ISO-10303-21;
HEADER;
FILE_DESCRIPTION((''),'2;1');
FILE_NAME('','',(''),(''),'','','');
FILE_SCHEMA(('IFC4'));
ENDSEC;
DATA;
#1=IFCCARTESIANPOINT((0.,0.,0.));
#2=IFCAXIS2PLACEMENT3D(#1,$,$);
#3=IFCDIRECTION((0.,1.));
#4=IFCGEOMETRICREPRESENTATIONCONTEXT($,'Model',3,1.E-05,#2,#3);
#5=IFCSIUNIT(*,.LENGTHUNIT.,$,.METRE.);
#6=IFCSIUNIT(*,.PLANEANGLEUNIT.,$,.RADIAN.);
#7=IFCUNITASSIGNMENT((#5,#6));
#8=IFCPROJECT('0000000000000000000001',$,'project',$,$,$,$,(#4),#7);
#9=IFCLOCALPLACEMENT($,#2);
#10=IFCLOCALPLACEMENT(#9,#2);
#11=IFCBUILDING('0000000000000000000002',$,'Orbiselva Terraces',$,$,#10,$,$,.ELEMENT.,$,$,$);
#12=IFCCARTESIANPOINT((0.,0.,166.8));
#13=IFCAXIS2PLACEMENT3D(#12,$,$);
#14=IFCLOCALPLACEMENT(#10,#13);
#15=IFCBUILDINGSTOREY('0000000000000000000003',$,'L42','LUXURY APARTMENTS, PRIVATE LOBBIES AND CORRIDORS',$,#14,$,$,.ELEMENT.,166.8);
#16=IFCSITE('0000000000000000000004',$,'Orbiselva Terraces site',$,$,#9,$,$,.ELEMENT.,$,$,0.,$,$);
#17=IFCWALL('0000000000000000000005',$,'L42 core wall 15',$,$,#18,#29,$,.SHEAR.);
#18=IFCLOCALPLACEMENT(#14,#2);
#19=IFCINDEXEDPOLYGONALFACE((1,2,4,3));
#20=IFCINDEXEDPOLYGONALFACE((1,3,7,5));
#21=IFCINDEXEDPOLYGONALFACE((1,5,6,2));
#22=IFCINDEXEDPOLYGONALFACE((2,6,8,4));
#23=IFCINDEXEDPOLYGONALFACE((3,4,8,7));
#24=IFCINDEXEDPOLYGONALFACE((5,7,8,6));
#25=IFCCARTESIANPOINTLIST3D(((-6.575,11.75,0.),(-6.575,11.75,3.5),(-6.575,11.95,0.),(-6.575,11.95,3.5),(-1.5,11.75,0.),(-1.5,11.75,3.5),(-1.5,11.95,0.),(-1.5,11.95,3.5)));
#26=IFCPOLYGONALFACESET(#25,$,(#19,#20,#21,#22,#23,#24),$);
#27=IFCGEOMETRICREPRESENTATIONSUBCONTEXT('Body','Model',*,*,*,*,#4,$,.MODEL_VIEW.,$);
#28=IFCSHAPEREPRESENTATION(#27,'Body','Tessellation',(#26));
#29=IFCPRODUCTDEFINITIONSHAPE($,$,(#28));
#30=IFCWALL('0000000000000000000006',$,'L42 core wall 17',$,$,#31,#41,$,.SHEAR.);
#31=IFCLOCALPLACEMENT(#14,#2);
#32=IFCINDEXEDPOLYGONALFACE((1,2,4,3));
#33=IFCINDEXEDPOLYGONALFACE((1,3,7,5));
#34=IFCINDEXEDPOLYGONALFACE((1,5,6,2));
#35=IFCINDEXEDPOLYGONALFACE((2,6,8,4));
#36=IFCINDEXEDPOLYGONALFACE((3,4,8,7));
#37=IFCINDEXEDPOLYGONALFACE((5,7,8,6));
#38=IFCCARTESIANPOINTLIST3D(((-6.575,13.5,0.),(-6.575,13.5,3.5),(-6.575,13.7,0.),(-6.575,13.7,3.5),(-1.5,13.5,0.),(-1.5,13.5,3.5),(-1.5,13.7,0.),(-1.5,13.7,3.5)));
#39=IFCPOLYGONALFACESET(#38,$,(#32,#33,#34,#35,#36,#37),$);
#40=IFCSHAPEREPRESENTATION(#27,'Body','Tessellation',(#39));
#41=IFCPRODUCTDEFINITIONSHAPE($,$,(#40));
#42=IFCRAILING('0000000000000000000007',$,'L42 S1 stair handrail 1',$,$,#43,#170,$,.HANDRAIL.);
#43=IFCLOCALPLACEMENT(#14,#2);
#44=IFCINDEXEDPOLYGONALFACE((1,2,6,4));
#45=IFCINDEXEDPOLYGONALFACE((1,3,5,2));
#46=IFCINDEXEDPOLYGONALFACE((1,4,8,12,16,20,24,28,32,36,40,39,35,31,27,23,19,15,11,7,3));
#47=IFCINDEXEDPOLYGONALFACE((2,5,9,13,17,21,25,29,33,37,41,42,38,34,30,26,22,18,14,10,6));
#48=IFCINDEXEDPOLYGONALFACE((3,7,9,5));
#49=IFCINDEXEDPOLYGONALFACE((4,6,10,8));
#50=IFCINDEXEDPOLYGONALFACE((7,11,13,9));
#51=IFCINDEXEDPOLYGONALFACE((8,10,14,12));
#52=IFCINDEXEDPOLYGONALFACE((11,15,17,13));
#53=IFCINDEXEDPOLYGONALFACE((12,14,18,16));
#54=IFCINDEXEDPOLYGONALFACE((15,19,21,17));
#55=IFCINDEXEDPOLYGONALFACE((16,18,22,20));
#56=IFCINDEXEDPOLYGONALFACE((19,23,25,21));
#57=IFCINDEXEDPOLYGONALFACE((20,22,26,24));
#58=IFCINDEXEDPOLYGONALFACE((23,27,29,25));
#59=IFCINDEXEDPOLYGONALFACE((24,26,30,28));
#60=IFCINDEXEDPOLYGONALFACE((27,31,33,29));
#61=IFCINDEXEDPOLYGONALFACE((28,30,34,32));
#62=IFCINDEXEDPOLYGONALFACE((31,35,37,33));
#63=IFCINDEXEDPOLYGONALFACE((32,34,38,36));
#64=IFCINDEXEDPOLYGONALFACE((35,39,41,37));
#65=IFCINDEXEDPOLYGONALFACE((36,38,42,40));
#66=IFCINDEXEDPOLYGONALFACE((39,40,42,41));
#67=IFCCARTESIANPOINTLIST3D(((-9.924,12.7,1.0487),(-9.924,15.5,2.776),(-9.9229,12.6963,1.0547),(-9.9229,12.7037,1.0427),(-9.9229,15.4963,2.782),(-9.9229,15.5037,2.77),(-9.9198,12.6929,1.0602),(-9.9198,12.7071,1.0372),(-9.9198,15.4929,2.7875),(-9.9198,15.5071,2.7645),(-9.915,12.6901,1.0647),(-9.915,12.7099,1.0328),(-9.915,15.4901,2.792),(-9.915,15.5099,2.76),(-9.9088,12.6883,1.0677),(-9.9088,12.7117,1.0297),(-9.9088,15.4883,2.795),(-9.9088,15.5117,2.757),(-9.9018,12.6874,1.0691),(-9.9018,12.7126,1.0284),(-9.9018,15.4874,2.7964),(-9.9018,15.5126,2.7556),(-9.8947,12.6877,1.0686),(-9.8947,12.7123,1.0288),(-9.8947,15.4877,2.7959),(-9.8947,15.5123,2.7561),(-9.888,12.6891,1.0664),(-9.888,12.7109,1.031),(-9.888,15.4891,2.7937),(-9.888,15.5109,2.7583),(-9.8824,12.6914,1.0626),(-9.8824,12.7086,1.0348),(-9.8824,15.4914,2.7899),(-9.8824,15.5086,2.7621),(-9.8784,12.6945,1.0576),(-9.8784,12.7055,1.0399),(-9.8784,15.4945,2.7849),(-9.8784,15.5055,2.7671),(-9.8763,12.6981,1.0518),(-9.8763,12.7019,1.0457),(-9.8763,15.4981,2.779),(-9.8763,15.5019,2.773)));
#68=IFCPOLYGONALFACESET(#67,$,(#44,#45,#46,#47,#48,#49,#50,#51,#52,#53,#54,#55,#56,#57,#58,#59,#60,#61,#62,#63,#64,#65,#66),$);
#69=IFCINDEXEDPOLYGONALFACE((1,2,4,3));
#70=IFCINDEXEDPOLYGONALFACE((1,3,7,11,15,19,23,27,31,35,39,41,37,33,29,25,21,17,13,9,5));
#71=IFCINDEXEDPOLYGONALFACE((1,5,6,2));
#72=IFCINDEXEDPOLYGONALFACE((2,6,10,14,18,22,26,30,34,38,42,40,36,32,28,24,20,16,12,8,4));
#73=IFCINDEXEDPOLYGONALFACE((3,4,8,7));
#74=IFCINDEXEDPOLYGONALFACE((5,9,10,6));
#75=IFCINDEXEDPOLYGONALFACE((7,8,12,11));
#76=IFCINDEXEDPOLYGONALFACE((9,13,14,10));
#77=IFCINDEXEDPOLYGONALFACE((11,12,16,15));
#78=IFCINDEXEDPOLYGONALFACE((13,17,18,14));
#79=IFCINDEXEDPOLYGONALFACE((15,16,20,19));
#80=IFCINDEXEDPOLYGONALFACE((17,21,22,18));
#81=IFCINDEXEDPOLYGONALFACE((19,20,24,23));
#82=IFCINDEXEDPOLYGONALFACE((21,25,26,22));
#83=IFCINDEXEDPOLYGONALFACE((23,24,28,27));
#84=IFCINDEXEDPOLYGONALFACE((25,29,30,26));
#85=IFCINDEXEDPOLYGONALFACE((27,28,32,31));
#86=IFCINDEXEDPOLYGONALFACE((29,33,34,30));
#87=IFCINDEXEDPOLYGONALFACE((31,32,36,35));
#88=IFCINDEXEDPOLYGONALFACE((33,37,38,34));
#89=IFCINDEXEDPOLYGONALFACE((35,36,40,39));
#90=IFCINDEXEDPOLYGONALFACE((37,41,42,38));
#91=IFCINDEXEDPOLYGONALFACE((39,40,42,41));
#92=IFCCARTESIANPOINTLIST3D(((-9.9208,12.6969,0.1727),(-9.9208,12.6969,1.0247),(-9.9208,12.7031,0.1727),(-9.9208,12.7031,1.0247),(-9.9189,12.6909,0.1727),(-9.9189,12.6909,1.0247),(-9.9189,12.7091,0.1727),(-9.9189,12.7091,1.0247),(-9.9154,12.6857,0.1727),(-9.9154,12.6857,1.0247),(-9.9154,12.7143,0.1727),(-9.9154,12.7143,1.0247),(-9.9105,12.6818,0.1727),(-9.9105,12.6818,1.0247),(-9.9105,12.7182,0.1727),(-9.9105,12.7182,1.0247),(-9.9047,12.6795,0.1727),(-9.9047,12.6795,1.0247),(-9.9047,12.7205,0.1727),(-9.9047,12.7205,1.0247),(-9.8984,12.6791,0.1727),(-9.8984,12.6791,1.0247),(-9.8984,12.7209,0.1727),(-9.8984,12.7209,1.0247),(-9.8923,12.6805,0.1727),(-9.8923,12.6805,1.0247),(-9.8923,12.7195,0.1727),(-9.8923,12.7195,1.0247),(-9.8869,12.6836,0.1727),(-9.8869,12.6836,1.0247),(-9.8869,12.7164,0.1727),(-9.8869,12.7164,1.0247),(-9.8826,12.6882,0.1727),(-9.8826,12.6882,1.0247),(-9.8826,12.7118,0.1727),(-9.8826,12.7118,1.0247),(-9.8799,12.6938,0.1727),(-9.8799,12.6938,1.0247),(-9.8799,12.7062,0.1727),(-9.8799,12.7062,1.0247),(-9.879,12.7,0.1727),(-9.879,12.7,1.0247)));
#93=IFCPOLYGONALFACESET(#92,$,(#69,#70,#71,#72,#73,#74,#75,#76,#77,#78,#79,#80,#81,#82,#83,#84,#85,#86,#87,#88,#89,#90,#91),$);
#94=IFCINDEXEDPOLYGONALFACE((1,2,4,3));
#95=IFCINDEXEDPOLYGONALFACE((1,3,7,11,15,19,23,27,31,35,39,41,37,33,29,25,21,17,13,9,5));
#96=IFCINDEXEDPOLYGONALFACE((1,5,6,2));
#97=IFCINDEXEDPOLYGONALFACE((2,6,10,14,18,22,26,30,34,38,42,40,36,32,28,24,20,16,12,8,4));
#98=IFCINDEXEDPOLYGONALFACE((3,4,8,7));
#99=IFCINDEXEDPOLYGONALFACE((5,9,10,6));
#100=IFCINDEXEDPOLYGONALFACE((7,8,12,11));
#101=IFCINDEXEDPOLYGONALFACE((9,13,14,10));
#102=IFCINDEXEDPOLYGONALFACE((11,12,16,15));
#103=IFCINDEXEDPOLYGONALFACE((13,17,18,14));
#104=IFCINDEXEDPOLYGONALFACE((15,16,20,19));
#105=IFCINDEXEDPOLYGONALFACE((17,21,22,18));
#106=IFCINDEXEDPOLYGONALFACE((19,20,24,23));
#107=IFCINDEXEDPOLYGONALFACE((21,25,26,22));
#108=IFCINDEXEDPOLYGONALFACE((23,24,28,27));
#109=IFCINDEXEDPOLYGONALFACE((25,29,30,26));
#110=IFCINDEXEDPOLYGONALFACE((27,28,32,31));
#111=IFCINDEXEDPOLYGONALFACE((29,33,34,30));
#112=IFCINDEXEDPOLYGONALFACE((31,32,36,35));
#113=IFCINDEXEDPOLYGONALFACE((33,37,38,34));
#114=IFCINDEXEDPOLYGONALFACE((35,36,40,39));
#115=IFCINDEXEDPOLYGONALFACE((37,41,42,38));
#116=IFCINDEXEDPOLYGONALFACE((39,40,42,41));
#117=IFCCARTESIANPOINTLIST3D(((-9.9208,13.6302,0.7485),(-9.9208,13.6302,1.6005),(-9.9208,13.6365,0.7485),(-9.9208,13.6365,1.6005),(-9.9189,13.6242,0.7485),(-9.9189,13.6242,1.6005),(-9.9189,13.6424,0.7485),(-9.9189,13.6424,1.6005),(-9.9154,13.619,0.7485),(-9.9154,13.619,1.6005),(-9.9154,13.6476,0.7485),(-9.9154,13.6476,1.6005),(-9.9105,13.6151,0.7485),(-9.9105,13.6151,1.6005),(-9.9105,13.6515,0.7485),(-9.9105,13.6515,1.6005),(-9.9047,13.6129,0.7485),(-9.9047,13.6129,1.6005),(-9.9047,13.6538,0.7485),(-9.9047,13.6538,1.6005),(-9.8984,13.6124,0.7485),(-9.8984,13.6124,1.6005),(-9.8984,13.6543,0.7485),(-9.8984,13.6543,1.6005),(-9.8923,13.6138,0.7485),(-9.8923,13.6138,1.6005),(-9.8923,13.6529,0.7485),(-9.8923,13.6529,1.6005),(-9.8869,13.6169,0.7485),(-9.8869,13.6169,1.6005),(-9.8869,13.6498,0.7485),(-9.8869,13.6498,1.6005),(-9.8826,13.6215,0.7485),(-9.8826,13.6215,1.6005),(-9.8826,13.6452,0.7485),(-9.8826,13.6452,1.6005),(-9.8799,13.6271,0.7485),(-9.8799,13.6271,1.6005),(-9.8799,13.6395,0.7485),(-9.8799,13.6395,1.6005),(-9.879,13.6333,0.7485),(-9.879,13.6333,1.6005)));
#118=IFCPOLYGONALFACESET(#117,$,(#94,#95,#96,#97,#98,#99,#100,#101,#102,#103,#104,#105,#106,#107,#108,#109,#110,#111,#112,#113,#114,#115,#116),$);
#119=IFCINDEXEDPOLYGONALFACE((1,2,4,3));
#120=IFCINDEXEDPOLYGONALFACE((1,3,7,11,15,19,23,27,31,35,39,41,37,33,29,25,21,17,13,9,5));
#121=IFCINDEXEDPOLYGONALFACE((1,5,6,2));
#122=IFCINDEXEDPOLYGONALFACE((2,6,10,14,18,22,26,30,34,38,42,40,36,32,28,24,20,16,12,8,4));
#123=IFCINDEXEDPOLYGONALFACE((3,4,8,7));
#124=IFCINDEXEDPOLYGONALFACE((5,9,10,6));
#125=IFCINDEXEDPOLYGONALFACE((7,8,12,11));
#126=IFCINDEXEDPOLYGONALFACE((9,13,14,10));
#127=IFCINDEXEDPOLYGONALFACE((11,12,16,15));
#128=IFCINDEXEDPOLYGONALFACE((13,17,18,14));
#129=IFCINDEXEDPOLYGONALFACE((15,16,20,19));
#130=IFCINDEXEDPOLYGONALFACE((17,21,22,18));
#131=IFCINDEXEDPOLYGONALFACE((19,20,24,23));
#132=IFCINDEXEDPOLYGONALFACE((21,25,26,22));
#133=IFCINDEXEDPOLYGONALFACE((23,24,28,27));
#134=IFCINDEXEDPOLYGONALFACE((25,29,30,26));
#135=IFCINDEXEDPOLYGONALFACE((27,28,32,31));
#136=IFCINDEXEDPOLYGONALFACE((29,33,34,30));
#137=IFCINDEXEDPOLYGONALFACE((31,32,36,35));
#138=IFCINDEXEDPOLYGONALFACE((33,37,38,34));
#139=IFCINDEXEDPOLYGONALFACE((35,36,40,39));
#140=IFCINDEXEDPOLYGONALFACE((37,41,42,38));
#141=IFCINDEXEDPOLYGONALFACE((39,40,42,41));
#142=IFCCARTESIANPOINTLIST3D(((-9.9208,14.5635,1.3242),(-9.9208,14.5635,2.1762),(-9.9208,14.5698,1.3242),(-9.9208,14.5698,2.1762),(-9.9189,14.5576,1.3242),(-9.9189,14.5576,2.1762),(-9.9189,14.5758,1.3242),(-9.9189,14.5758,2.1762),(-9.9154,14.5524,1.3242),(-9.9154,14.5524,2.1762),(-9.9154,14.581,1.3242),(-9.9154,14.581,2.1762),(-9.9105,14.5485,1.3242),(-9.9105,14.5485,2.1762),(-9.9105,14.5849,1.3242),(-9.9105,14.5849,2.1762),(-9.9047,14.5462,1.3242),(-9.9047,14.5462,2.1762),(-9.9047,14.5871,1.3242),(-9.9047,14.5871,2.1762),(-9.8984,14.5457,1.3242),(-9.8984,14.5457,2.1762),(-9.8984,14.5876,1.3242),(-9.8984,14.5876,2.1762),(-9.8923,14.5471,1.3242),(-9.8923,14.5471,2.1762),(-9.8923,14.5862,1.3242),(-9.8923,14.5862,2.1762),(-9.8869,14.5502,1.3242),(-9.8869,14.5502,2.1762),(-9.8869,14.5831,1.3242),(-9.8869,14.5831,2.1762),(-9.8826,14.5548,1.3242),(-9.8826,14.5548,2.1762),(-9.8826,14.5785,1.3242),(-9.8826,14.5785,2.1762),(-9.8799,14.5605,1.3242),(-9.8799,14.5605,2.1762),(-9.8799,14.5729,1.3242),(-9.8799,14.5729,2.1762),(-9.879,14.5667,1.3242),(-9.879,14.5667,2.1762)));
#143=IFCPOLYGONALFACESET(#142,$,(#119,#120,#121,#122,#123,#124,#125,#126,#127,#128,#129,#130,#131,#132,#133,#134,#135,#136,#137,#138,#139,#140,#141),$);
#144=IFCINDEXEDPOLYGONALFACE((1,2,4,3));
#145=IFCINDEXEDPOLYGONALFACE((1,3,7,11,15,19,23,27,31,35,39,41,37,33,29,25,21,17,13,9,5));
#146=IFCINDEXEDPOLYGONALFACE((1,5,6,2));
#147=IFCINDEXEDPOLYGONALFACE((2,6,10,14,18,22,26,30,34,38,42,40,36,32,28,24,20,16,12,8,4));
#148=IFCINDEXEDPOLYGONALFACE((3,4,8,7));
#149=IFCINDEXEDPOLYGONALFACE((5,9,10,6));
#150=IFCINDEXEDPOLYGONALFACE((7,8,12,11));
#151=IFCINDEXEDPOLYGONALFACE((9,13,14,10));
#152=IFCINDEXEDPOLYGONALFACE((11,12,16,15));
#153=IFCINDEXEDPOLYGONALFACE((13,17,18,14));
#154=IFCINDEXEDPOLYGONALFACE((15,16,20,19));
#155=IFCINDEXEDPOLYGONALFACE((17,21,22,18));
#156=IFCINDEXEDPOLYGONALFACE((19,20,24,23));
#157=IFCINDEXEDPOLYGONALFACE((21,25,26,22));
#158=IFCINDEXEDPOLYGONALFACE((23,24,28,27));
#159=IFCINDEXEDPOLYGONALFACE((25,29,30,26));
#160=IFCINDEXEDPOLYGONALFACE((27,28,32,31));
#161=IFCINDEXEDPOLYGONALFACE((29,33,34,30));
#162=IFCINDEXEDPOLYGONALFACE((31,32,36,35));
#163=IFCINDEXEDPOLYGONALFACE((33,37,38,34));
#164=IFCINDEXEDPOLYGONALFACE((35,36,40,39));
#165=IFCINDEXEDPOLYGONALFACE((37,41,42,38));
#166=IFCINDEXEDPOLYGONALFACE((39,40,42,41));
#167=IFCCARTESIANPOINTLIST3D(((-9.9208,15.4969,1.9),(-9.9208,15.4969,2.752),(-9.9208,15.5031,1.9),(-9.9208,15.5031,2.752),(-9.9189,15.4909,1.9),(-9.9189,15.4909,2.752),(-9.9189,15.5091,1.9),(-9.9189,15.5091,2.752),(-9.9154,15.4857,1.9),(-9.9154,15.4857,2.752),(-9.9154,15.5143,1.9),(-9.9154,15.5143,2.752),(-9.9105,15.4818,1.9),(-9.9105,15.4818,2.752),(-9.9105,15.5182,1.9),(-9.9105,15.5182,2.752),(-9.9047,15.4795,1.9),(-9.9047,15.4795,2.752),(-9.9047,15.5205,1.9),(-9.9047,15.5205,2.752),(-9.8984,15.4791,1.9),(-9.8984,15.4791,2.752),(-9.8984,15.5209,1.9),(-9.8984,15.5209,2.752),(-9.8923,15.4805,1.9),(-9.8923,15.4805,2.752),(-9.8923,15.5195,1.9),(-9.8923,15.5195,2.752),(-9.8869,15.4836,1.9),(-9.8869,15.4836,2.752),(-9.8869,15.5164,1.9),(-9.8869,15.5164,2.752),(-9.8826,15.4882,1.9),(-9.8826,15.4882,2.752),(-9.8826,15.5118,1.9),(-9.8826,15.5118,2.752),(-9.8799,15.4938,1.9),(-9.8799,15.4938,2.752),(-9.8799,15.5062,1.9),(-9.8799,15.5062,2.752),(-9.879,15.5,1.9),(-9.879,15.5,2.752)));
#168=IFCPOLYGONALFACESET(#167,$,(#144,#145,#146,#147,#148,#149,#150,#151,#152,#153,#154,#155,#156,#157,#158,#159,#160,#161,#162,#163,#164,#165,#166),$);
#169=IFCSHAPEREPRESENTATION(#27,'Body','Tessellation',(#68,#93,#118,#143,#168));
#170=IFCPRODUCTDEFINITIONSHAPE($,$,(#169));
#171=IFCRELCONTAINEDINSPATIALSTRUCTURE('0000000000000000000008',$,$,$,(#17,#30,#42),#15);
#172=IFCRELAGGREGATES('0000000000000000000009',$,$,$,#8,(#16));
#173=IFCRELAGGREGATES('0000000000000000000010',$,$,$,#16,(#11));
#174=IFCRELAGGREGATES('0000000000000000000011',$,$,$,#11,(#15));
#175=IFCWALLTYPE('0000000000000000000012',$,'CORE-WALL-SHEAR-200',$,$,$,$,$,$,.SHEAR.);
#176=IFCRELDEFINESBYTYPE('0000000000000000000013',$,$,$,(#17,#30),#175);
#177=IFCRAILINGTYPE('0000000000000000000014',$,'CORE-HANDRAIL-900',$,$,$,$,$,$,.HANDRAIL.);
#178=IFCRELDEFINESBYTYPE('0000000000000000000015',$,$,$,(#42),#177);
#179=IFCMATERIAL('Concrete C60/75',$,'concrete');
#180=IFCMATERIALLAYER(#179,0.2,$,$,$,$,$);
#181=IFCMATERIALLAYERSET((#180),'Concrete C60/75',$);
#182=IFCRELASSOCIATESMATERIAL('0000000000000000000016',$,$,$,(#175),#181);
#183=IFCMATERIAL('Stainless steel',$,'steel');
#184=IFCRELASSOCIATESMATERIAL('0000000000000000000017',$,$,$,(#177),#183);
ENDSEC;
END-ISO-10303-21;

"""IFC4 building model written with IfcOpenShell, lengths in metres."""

from ifc_helpers import new_model, si_unit, direction, frame, frame_2d, origin, origin_2d, place, context, subcontext, project, spatial, rectangle, circle, extrude, material, layer, layer_set, type_object, element, save


model = new_model("IFC4")

# Units and contexts
model_context = context("Model", 3, precision=1e-05, world=origin(), true_north=direction((0.0, 1.0)))
body_context = subcontext(model_context, "Body", "Model", "MODEL_VIEW")
ifc_project = project(units=[si_unit("LENGTHUNIT", "METRE"), si_unit("PLANEANGLEUNIT", "RADIAN")], contexts=[model_context])

# Site, building, storey
site_placement = place(None, origin())
site = spatial("IfcSite", under=ifc_project, at=site_placement, Name="Orbiselva Terraces site", CompositionType="ELEMENT", RefElevation=0.0)
building_placement = place(site_placement, origin())
building = spatial("IfcBuilding", under=site, at=building_placement, Name="Orbiselva Terraces", CompositionType="ELEMENT")
storey_placement = place(building_placement, frame((0.0, 0.0, 166.8)))
storey = spatial("IfcBuildingStorey", under=building, at=storey_placement, Name="L42", Description="LUXURY APARTMENTS, PRIVATE LOBBIES AND CORRIDORS", CompositionType="ELEMENT", Elevation=166.8)

# Shared definitions
ifc_material_1 = material(Name="Concrete C60/75", Category="concrete")
ifc_layer_1 = layer(ifc_material_1, 0.2)
ifc_layer_set_1 = layer_set([ifc_layer_1], Name="Concrete C60/75")
wall_type_1 = type_object("IfcWallType", Name="CORE-WALL-SHEAR-200", PredefinedType="SHEAR", material=ifc_layer_set_1)

# Walls
for number, where, z_axis, x_axis, name in (
    (1, (-6.575, 11.85, 0.0), (0.0, 0.0, 1.0), (1.0, 0.0, 0.0), "L42 core wall 15"),
    (2, (-6.575, 13.6, 0.0), (0.0, 0.0, 1.0), (1.0, 0.0, 0.0), "L42 core wall 17"),
):
    element("IfcWall", number, at=place(storey_placement, frame(where, z_axis=z_axis, x_axis=x_axis)), inside=storey, type_object=wall_type_1, Name=name, PredefinedType="SHEAR", context=body_context, shape_type="SweptSolid", body=[
        extrude(rectangle(XDim=5.075, YDim=0.2, at=frame_2d((2.5375, 0.0))), origin(), (0.0, 0.0, 1.0), 3.5),
    ])

# Railing
ifc_material_2 = material(Name="Stainless steel", Category="steel")
railing_type = type_object("IfcRailingType", Name="CORE-HANDRAIL-900", PredefinedType="HANDRAIL", material=ifc_material_2)
railing_placement = place(storey_placement, frame((-9.9, 12.7, 0.1727)))
element("IfcRailing", 3, at=railing_placement, inside=storey, type_object=railing_type, Name="L42 S1 stair handrail 1", PredefinedType="HANDRAIL", context=body_context, shape_type="SweptSolid", body=[
    extrude(circle(Radius=0.024, at=origin_2d()), frame((0.0, 0.0, 0.876), z_axis=(0.0, 0.851089, 0.525022), x_axis=(-1.0, 0.0, 0.0)), (0.0, 0.0, 1.0), 3.2899),
    extrude(circle(Radius=0.021, at=origin_2d()), origin(), (0.0, 0.0, 1.0), 0.852),
    extrude(circle(Radius=0.021, at=origin_2d()), frame((0.0, 0.9333, 0.5758)), (0.0, 0.0, 1.0), 0.852),
    extrude(circle(Radius=0.021, at=origin_2d()), frame((0.0, 1.8667, 1.1515)), (0.0, 0.0, 1.0), 0.852),
    extrude(circle(Radius=0.021, at=origin_2d()), frame((0.0, 2.8, 1.7273)), (0.0, 0.0, 1.0), 0.852),
])

save(model, "model.ifc")
